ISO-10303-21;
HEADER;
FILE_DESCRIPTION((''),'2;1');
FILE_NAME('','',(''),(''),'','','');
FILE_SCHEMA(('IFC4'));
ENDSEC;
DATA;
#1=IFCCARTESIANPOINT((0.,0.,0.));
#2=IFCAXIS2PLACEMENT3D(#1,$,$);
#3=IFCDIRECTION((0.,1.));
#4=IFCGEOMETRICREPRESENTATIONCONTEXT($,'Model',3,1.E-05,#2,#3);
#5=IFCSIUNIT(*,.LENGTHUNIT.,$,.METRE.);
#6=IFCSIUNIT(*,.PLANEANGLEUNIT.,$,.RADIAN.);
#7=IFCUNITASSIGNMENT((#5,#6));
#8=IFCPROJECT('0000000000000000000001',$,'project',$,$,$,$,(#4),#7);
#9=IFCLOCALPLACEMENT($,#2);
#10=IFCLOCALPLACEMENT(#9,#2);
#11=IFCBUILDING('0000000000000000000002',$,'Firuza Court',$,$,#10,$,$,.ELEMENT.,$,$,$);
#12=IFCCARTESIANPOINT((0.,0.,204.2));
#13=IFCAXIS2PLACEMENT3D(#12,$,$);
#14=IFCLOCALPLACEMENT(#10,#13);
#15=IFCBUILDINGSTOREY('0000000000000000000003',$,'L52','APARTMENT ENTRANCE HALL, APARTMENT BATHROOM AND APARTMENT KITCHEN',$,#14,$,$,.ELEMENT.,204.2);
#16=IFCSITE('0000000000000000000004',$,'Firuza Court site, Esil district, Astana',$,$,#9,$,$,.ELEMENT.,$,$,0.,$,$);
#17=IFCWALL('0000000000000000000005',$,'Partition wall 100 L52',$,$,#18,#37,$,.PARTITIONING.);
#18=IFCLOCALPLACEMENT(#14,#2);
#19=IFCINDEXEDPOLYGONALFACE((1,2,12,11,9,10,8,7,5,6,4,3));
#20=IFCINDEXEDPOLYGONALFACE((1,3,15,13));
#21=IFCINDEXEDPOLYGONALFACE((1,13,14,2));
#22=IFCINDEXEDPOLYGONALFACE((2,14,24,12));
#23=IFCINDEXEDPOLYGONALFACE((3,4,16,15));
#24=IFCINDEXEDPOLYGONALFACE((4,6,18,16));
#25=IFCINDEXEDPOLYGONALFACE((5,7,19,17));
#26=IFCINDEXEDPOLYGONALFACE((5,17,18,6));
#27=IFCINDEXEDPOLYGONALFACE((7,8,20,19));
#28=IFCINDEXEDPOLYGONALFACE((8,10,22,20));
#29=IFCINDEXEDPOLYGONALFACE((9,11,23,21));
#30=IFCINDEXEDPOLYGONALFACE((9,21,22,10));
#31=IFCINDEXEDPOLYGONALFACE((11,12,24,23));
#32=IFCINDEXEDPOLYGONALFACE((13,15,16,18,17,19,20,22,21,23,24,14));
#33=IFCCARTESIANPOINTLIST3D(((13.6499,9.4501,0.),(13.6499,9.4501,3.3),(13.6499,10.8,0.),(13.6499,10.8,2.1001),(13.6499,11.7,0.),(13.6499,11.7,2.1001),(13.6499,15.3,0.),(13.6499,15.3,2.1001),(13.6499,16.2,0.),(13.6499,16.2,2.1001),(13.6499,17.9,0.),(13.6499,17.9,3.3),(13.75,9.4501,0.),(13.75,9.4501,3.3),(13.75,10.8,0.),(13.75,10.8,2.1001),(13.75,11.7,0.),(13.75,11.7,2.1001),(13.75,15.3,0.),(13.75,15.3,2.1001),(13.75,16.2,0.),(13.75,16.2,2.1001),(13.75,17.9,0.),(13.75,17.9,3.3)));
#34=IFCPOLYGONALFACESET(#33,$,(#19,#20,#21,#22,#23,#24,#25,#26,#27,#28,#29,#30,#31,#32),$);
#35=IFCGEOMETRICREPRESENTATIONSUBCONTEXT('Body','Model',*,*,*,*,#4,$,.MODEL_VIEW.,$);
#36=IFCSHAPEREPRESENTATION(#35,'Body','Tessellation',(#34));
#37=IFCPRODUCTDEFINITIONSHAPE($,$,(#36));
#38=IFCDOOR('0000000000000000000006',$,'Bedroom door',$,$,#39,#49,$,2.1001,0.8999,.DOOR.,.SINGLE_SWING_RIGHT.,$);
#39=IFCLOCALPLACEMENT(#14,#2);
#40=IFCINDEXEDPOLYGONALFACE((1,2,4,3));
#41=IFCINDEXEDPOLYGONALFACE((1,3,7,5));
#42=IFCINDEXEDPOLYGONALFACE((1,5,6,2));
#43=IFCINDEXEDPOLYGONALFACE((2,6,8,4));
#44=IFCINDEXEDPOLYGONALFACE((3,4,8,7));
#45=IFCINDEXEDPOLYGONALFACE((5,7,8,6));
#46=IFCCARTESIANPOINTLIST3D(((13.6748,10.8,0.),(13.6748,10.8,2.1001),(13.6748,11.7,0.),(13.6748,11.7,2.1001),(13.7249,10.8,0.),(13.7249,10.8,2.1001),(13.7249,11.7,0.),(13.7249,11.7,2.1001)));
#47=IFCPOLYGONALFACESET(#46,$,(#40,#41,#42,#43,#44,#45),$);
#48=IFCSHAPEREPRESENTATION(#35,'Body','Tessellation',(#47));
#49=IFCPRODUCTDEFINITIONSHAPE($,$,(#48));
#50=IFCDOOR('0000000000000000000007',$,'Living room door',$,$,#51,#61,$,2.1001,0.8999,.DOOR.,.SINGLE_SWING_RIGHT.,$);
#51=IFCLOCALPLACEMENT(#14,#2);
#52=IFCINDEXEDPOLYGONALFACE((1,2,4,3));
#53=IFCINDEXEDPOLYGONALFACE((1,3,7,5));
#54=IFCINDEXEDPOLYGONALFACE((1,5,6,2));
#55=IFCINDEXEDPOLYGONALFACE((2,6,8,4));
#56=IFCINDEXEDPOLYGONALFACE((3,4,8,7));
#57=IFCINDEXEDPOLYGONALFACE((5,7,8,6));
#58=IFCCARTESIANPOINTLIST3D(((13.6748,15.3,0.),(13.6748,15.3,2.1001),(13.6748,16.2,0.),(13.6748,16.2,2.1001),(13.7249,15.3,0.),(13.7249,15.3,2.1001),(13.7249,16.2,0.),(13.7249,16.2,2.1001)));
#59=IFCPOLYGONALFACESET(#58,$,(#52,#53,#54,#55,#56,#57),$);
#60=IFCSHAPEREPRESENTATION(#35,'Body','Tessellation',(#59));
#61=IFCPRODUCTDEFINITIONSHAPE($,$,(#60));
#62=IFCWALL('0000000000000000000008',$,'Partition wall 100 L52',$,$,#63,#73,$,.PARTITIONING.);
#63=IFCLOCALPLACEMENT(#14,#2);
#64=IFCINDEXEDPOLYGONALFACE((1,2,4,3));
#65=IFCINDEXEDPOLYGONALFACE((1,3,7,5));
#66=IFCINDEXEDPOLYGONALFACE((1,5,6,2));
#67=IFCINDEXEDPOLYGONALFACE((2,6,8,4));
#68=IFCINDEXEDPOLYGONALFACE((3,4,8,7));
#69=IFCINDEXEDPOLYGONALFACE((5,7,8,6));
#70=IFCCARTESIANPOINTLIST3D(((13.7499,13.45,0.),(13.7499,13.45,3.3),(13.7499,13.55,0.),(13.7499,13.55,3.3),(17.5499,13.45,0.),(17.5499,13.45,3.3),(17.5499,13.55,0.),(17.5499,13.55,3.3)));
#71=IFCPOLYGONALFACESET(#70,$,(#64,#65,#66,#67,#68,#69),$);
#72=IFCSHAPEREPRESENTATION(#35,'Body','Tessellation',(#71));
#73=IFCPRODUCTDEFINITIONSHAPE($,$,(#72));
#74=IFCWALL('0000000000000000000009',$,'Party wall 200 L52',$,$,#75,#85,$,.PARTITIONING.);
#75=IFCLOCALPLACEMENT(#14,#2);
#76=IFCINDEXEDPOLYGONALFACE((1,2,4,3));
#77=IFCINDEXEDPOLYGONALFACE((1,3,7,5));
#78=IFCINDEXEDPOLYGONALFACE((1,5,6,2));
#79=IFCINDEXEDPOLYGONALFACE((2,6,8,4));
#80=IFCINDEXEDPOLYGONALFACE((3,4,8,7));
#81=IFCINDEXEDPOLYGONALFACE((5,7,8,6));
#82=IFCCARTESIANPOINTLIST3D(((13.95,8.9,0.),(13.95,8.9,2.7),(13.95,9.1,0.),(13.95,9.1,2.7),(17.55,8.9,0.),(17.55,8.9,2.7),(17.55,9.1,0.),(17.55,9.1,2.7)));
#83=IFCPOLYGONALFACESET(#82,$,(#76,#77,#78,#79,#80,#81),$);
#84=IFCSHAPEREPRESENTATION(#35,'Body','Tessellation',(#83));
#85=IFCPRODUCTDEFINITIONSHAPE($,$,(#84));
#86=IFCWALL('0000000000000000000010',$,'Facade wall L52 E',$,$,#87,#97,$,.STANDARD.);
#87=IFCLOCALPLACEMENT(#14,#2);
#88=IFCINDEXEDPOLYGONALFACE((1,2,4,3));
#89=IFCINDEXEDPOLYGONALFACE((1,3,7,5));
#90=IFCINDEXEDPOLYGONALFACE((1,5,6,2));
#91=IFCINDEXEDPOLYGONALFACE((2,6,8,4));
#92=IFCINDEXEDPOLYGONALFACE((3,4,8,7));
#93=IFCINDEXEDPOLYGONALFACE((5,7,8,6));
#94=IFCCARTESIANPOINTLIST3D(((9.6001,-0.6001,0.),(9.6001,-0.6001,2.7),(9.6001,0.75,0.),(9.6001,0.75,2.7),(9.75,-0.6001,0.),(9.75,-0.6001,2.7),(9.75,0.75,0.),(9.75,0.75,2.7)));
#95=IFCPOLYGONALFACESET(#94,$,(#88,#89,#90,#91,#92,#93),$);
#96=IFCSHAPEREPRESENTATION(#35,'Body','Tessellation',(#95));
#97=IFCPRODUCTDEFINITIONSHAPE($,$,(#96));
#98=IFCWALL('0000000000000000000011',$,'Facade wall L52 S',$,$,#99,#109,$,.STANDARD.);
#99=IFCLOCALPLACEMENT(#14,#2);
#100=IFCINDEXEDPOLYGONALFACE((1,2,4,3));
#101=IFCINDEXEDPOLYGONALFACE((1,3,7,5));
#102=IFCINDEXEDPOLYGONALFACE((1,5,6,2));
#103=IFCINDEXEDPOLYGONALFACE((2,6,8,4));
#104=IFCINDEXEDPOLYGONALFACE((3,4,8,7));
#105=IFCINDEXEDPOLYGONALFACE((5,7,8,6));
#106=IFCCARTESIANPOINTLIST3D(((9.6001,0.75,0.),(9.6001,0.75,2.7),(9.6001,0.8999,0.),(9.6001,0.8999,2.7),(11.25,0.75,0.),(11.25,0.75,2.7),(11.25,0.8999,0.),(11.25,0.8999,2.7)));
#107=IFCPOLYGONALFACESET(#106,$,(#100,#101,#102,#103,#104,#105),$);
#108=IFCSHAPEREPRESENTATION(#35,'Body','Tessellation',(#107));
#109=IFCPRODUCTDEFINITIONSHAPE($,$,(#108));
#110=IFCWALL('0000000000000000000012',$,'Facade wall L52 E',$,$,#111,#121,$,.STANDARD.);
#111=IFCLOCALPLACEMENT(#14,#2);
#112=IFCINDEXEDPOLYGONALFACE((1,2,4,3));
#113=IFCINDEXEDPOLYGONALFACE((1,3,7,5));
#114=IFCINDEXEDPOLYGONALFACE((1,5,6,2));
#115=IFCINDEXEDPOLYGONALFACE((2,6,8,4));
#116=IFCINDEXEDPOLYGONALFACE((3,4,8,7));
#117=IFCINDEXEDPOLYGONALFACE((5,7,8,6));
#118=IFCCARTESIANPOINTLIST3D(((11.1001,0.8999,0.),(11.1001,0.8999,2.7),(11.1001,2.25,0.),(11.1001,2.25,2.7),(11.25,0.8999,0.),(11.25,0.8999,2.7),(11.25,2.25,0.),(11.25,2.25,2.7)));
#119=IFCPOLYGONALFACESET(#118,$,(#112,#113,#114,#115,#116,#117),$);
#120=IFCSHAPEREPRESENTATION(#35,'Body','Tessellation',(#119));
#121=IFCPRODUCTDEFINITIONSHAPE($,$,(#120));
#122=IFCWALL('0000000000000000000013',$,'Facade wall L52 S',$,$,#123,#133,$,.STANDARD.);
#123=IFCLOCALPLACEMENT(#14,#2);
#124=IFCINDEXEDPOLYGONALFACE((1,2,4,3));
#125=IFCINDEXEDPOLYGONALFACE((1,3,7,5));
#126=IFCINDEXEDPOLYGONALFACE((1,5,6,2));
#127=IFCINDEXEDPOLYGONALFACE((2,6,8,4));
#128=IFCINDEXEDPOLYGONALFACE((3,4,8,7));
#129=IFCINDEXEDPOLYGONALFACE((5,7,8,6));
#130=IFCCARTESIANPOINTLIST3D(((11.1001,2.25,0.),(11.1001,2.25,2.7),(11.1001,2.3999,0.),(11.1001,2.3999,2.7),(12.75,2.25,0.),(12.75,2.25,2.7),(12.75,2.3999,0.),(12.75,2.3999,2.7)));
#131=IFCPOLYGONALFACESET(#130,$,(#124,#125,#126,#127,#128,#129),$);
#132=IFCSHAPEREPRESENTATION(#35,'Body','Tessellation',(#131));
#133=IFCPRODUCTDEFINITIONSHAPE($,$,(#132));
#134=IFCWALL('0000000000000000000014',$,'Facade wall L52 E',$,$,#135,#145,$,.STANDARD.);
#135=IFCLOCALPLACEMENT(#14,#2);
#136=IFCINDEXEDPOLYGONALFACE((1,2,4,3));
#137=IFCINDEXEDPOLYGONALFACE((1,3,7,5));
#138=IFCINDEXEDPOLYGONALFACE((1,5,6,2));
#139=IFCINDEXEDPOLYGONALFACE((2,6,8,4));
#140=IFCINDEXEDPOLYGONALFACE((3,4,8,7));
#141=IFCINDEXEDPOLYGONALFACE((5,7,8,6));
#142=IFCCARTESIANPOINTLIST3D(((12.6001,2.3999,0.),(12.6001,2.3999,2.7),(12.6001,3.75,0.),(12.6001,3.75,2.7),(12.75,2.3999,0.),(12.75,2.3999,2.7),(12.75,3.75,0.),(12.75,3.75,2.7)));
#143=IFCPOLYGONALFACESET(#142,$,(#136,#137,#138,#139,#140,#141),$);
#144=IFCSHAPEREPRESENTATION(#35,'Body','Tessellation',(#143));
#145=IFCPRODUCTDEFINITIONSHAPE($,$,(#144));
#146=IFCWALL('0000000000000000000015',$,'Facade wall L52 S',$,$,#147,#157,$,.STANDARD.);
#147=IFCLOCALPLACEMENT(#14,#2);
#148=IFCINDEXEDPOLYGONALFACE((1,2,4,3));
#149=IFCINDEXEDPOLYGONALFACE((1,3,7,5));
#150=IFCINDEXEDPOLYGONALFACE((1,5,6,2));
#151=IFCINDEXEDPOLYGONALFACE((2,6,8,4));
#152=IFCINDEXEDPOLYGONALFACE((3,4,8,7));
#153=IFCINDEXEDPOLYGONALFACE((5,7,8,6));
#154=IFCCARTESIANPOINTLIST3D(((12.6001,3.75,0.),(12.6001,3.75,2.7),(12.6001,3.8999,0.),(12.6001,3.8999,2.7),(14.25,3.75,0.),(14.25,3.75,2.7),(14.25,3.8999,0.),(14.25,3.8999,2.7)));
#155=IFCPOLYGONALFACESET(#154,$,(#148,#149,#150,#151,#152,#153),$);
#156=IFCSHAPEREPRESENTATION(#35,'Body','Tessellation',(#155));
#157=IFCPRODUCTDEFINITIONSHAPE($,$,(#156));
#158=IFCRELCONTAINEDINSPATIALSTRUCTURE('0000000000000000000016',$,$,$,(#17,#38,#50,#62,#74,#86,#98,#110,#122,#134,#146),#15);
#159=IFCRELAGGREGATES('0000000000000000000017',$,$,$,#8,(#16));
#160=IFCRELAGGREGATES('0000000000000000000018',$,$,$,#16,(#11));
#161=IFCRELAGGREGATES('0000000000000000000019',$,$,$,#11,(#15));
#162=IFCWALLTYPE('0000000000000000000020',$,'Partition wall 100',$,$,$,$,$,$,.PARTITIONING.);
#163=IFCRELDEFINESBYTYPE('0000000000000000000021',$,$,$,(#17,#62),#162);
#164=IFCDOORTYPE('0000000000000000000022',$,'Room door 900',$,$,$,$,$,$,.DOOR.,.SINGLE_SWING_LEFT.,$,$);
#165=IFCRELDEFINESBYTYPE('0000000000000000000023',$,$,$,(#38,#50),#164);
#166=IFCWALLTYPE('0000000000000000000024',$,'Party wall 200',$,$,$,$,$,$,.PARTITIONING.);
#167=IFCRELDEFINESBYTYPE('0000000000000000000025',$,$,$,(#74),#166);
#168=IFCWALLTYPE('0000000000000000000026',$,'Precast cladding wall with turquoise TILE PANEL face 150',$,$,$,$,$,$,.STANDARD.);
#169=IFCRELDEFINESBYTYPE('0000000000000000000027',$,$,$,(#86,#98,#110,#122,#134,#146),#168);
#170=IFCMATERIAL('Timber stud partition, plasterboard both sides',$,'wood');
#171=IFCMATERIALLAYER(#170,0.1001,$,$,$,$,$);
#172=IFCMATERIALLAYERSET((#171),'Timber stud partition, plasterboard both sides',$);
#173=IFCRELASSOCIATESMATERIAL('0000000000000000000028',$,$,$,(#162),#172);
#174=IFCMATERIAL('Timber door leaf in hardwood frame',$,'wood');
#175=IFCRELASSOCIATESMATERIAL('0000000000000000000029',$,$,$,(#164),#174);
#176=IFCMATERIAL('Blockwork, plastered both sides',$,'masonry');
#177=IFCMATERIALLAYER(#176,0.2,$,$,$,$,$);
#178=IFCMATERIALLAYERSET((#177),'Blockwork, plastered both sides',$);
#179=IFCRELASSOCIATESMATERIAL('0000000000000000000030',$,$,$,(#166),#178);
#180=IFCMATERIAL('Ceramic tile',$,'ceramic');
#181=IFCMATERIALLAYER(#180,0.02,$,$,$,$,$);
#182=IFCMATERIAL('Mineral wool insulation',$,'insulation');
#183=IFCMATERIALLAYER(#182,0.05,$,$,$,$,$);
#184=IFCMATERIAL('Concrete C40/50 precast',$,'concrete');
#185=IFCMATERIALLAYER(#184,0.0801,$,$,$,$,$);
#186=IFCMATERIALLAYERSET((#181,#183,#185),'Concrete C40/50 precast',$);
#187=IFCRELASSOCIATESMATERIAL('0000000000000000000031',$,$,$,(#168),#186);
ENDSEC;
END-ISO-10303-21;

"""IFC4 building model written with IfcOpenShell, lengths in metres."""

from ifc_helpers import new_model, si_unit, direction, frame, frame_2d, origin, place, context, subcontext, project, spatial, rectangle, extrude, material, layer, layer_set, type_object, element, fill, save


model = new_model("IFC4")

# Units and contexts
model_context = context("Model", 3, precision=1e-05, world=origin(), true_north=direction((0.0, 1.0)))
body_context = subcontext(model_context, "Body", "Model", "MODEL_VIEW")
ifc_project = project(units=[si_unit("LENGTHUNIT", "METRE"), si_unit("PLANEANGLEUNIT", "RADIAN")], contexts=[model_context])

# Site, building, storey
site_placement = place(None, origin())
site = spatial("IfcSite", under=ifc_project, at=site_placement, Name="Firuza Court site, Esil district, Astana", CompositionType="ELEMENT", RefElevation=0.0)
building_placement = place(site_placement, origin())
building = spatial("IfcBuilding", under=site, at=building_placement, Name="Firuza Court", CompositionType="ELEMENT")
storey_placement = place(building_placement, frame((0.0, 0.0, 204.2)))
storey = spatial("IfcBuildingStorey", under=building, at=storey_placement, Name="L52", Description="APARTMENT ENTRANCE HALL, APARTMENT BATHROOM AND APARTMENT KITCHEN", CompositionType="ELEMENT", Elevation=204.2)

# Shared definitions
ifc_material_1 = material(Name="Timber stud partition, plasterboard both sides", Category="wood")
ifc_layer_1 = layer(ifc_material_1, 0.1001)
ifc_layer_set_1 = layer_set([ifc_layer_1], Name="Timber stud partition, plasterboard both sides")
wall_type_1 = type_object("IfcWallType", Name="Partition wall 100", PredefinedType="PARTITIONING", material=ifc_layer_set_1)

# Wall, openings, doors
ifc_material_2 = material(Name="Timber door leaf in hardwood frame", Category="wood")
door_type_1 = type_object("IfcDoorType", Name="Room door 900", OperationType="SINGLE_SWING_LEFT", PredefinedType="DOOR", material=ifc_material_2)
wall_1_placement = place(storey_placement, frame((13.7, 9.45, 0.0), z_axis=(0.0, 0.0, 1.0), x_axis=(0.0, 1.0, 0.0)))
wall_1 = element("IfcWall", 1, at=wall_1_placement, inside=storey, type_object=wall_type_1, Name="Partition wall 100 L52", PredefinedType="PARTITIONING", context=body_context, shape_type="SweptSolid", body=[
    extrude(rectangle(XDim=8.45, YDim=0.1001, at=frame_2d((4.2251, 0.0))), origin(), (0.0, 0.0, 1.0), 3.3),
])
opening_1_placement = place(wall_1_placement, frame((1.3501, 0.0, 0.0)))
opening_1 = element("IfcOpeningElement", 2, at=opening_1_placement, cuts=wall_1, PredefinedType="OPENING", context=body_context, shape_type="SweptSolid", body=[
    extrude(rectangle(XDim=0.8999, YDim=2.1001, at=frame_2d((0.45, 1.05))), frame((0.0, 0.062, 0.0), z_axis=(0.0, -1.0, 0.0), x_axis=(1.0, 0.0, 0.0)), (0.0, 0.0, 1.0), 0.124),
])
opening_2_placement = place(wall_1_placement, frame((5.8501, 0.0, 0.0)))
opening_2 = element("IfcOpeningElement", 3, at=opening_2_placement, cuts=wall_1, PredefinedType="OPENING", context=body_context, shape_type="SweptSolid", body=[
    extrude(rectangle(XDim=0.8999, YDim=2.1001, at=frame_2d((0.45, 1.05))), frame((0.0, 0.062, 0.0), z_axis=(0.0, -1.0, 0.0), x_axis=(1.0, 0.0, 0.0)), (0.0, 0.0, 1.0), 0.124),
])
door_1_placement = place(opening_1_placement, frame((0.8999, 0.0, 0.0), z_axis=(0.0, 0.0, 1.0), x_axis=(-1.0, 0.0, 0.0)))
door_1 = element("IfcDoor", 4, at=door_1_placement, inside=storey, type_object=door_type_1, Name="Bedroom door", OperationType="SINGLE_SWING_RIGHT", OverallHeight=2.1001, OverallWidth=0.8999, PredefinedType="DOOR", context=body_context, shape_type="SweptSolid", body=[
    extrude(rectangle(XDim=0.8999, YDim=2.1001, at=frame_2d((0.45, 1.05))), frame((0.0, 0.0249, 0.0), z_axis=(0.0, -1.0, 0.0), x_axis=(1.0, 0.0, 0.0)), (0.0, 0.0, 1.0), 0.05),
])
fill(opening_1, door_1)
door_2_placement = place(opening_2_placement, frame((0.8999, 0.0, 0.0), z_axis=(0.0, 0.0, 1.0), x_axis=(-1.0, 0.0, 0.0)))
door_2 = element("IfcDoor", 5, at=door_2_placement, inside=storey, type_object=door_type_1, Name="Living room door", OperationType="SINGLE_SWING_RIGHT", OverallHeight=2.1001, OverallWidth=0.8999, PredefinedType="DOOR", context=body_context, shape_type="SweptSolid", body=[
    extrude(rectangle(XDim=0.8999, YDim=2.1001, at=frame_2d((0.45, 1.05))), frame((0.0, 0.0249, 0.0), z_axis=(0.0, -1.0, 0.0), x_axis=(1.0, 0.0, 0.0)), (0.0, 0.0, 1.0), 0.05),
])
fill(opening_2, door_2)

# Walls
wall_2_placement = place(storey_placement, frame((13.75, 13.5, 0.0), z_axis=(0.0, 0.0, 1.0), x_axis=(1.0, 0.0, 0.0)))
element("IfcWall", 6, at=wall_2_placement, inside=storey, type_object=wall_type_1, Name="Partition wall 100 L52", PredefinedType="PARTITIONING", context=body_context, shape_type="SweptSolid", body=[
    extrude(rectangle(XDim=3.8, YDim=0.1001, at=frame_2d((1.8999, 0.0))), origin(), (0.0, 0.0, 1.0), 3.3),
])
ifc_material_3 = material(Name="Blockwork, plastered both sides", Category="masonry")
ifc_layer_2 = layer(ifc_material_3, 0.2)
ifc_layer_set_2 = layer_set([ifc_layer_2], Name="Blockwork, plastered both sides")
wall_type_2 = type_object("IfcWallType", Name="Party wall 200", PredefinedType="PARTITIONING", material=ifc_layer_set_2)
wall_3_placement = place(storey_placement, frame((13.95, 9.0, 0.0), z_axis=(0.0, 0.0, 1.0), x_axis=(1.0, 0.0, 0.0)))
element("IfcWall", 7, at=wall_3_placement, inside=storey, type_object=wall_type_2, Name="Party wall 200 L52", PredefinedType="PARTITIONING", context=body_context, shape_type="SweptSolid", body=[
    extrude(rectangle(XDim=3.6001, YDim=0.2, at=frame_2d((1.8, 0.0))), origin(), (0.0, 0.0, 1.0), 2.7),
])
ifc_material_4 = material(Name="Ceramic tile", Category="ceramic")
ifc_layer_3 = layer(ifc_material_4, 0.02)
ifc_material_5 = material(Name="Mineral wool insulation", Category="insulation")
ifc_layer_4 = layer(ifc_material_5, 0.05)
ifc_material_6 = material(Name="Concrete C40/50 precast", Category="concrete")
ifc_layer_5 = layer(ifc_material_6, 0.0801)
ifc_layer_set_3 = layer_set([ifc_layer_3, ifc_layer_4, ifc_layer_5], Name="Concrete C40/50 precast")
wall_type_3 = type_object("IfcWallType", Name="Precast cladding wall with turquoise TILE PANEL face 150", PredefinedType="STANDARD", material=ifc_layer_set_3)
wall_4_placement = place(storey_placement, frame((9.675, -0.6001, 0.0), z_axis=(0.0, 0.0, 1.0), x_axis=(0.0, 1.0, 0.0)))
element("IfcWall", 8, at=wall_4_placement, inside=storey, type_object=wall_type_3, Name="Facade wall L52 E", PredefinedType="STANDARD", context=body_context, shape_type="SweptSolid", body=[
    extrude(rectangle(XDim=1.3501, YDim=0.1499, at=frame_2d((0.675, 0.0))), origin(), (0.0, 0.0, 1.0), 2.7),
])
wall_5_placement = place(storey_placement, frame((9.6001, 0.825, 0.0), z_axis=(0.0, 0.0, 1.0), x_axis=(1.0, 0.0, 0.0)))
element("IfcWall", 9, at=wall_5_placement, inside=storey, type_object=wall_type_3, Name="Facade wall L52 S", PredefinedType="STANDARD", context=body_context, shape_type="SweptSolid", body=[
    extrude(rectangle(XDim=1.6499, YDim=0.1499, at=frame_2d((0.825, 0.0))), origin(), (0.0, 0.0, 1.0), 2.7),
])
wall_6_placement = place(storey_placement, frame((11.175, 0.8999, 0.0), z_axis=(0.0, 0.0, 1.0), x_axis=(0.0, 1.0, 0.0)))
element("IfcWall", 10, at=wall_6_placement, inside=storey, type_object=wall_type_3, Name="Facade wall L52 E", PredefinedType="STANDARD", context=body_context, shape_type="SweptSolid", body=[
    extrude(rectangle(XDim=1.3501, YDim=0.1499, at=frame_2d((0.675, 0.0))), origin(), (0.0, 0.0, 1.0), 2.7),
])
wall_7_placement = place(storey_placement, frame((11.1001, 2.325, 0.0), z_axis=(0.0, 0.0, 1.0), x_axis=(1.0, 0.0, 0.0)))
element("IfcWall", 11, at=wall_7_placement, inside=storey, type_object=wall_type_3, Name="Facade wall L52 S", PredefinedType="STANDARD", context=body_context, shape_type="SweptSolid", body=[
    extrude(rectangle(XDim=1.6499, YDim=0.1499, at=frame_2d((0.825, 0.0))), origin(), (0.0, 0.0, 1.0), 2.7),
])
wall_8_placement = place(storey_placement, frame((12.675, 2.3999, 0.0), z_axis=(0.0, 0.0, 1.0), x_axis=(0.0, 1.0, 0.0)))
element("IfcWall", 12, at=wall_8_placement, inside=storey, type_object=wall_type_3, Name="Facade wall L52 E", PredefinedType="STANDARD", context=body_context, shape_type="SweptSolid", body=[
    extrude(rectangle(XDim=1.3501, YDim=0.1499, at=frame_2d((0.675, 0.0))), origin(), (0.0, 0.0, 1.0), 2.7),
])
wall_9_placement = place(storey_placement, frame((12.6001, 3.825, 0.0), z_axis=(0.0, 0.0, 1.0), x_axis=(1.0, 0.0, 0.0)))
element("IfcWall", 13, at=wall_9_placement, inside=storey, type_object=wall_type_3, Name="Facade wall L52 S", PredefinedType="STANDARD", context=body_context, shape_type="SweptSolid", body=[
    extrude(rectangle(XDim=1.6499, YDim=0.1499, at=frame_2d((0.825, 0.0))), origin(), (0.0, 0.0, 1.0), 2.7),
])

save(model, "model.ifc")
